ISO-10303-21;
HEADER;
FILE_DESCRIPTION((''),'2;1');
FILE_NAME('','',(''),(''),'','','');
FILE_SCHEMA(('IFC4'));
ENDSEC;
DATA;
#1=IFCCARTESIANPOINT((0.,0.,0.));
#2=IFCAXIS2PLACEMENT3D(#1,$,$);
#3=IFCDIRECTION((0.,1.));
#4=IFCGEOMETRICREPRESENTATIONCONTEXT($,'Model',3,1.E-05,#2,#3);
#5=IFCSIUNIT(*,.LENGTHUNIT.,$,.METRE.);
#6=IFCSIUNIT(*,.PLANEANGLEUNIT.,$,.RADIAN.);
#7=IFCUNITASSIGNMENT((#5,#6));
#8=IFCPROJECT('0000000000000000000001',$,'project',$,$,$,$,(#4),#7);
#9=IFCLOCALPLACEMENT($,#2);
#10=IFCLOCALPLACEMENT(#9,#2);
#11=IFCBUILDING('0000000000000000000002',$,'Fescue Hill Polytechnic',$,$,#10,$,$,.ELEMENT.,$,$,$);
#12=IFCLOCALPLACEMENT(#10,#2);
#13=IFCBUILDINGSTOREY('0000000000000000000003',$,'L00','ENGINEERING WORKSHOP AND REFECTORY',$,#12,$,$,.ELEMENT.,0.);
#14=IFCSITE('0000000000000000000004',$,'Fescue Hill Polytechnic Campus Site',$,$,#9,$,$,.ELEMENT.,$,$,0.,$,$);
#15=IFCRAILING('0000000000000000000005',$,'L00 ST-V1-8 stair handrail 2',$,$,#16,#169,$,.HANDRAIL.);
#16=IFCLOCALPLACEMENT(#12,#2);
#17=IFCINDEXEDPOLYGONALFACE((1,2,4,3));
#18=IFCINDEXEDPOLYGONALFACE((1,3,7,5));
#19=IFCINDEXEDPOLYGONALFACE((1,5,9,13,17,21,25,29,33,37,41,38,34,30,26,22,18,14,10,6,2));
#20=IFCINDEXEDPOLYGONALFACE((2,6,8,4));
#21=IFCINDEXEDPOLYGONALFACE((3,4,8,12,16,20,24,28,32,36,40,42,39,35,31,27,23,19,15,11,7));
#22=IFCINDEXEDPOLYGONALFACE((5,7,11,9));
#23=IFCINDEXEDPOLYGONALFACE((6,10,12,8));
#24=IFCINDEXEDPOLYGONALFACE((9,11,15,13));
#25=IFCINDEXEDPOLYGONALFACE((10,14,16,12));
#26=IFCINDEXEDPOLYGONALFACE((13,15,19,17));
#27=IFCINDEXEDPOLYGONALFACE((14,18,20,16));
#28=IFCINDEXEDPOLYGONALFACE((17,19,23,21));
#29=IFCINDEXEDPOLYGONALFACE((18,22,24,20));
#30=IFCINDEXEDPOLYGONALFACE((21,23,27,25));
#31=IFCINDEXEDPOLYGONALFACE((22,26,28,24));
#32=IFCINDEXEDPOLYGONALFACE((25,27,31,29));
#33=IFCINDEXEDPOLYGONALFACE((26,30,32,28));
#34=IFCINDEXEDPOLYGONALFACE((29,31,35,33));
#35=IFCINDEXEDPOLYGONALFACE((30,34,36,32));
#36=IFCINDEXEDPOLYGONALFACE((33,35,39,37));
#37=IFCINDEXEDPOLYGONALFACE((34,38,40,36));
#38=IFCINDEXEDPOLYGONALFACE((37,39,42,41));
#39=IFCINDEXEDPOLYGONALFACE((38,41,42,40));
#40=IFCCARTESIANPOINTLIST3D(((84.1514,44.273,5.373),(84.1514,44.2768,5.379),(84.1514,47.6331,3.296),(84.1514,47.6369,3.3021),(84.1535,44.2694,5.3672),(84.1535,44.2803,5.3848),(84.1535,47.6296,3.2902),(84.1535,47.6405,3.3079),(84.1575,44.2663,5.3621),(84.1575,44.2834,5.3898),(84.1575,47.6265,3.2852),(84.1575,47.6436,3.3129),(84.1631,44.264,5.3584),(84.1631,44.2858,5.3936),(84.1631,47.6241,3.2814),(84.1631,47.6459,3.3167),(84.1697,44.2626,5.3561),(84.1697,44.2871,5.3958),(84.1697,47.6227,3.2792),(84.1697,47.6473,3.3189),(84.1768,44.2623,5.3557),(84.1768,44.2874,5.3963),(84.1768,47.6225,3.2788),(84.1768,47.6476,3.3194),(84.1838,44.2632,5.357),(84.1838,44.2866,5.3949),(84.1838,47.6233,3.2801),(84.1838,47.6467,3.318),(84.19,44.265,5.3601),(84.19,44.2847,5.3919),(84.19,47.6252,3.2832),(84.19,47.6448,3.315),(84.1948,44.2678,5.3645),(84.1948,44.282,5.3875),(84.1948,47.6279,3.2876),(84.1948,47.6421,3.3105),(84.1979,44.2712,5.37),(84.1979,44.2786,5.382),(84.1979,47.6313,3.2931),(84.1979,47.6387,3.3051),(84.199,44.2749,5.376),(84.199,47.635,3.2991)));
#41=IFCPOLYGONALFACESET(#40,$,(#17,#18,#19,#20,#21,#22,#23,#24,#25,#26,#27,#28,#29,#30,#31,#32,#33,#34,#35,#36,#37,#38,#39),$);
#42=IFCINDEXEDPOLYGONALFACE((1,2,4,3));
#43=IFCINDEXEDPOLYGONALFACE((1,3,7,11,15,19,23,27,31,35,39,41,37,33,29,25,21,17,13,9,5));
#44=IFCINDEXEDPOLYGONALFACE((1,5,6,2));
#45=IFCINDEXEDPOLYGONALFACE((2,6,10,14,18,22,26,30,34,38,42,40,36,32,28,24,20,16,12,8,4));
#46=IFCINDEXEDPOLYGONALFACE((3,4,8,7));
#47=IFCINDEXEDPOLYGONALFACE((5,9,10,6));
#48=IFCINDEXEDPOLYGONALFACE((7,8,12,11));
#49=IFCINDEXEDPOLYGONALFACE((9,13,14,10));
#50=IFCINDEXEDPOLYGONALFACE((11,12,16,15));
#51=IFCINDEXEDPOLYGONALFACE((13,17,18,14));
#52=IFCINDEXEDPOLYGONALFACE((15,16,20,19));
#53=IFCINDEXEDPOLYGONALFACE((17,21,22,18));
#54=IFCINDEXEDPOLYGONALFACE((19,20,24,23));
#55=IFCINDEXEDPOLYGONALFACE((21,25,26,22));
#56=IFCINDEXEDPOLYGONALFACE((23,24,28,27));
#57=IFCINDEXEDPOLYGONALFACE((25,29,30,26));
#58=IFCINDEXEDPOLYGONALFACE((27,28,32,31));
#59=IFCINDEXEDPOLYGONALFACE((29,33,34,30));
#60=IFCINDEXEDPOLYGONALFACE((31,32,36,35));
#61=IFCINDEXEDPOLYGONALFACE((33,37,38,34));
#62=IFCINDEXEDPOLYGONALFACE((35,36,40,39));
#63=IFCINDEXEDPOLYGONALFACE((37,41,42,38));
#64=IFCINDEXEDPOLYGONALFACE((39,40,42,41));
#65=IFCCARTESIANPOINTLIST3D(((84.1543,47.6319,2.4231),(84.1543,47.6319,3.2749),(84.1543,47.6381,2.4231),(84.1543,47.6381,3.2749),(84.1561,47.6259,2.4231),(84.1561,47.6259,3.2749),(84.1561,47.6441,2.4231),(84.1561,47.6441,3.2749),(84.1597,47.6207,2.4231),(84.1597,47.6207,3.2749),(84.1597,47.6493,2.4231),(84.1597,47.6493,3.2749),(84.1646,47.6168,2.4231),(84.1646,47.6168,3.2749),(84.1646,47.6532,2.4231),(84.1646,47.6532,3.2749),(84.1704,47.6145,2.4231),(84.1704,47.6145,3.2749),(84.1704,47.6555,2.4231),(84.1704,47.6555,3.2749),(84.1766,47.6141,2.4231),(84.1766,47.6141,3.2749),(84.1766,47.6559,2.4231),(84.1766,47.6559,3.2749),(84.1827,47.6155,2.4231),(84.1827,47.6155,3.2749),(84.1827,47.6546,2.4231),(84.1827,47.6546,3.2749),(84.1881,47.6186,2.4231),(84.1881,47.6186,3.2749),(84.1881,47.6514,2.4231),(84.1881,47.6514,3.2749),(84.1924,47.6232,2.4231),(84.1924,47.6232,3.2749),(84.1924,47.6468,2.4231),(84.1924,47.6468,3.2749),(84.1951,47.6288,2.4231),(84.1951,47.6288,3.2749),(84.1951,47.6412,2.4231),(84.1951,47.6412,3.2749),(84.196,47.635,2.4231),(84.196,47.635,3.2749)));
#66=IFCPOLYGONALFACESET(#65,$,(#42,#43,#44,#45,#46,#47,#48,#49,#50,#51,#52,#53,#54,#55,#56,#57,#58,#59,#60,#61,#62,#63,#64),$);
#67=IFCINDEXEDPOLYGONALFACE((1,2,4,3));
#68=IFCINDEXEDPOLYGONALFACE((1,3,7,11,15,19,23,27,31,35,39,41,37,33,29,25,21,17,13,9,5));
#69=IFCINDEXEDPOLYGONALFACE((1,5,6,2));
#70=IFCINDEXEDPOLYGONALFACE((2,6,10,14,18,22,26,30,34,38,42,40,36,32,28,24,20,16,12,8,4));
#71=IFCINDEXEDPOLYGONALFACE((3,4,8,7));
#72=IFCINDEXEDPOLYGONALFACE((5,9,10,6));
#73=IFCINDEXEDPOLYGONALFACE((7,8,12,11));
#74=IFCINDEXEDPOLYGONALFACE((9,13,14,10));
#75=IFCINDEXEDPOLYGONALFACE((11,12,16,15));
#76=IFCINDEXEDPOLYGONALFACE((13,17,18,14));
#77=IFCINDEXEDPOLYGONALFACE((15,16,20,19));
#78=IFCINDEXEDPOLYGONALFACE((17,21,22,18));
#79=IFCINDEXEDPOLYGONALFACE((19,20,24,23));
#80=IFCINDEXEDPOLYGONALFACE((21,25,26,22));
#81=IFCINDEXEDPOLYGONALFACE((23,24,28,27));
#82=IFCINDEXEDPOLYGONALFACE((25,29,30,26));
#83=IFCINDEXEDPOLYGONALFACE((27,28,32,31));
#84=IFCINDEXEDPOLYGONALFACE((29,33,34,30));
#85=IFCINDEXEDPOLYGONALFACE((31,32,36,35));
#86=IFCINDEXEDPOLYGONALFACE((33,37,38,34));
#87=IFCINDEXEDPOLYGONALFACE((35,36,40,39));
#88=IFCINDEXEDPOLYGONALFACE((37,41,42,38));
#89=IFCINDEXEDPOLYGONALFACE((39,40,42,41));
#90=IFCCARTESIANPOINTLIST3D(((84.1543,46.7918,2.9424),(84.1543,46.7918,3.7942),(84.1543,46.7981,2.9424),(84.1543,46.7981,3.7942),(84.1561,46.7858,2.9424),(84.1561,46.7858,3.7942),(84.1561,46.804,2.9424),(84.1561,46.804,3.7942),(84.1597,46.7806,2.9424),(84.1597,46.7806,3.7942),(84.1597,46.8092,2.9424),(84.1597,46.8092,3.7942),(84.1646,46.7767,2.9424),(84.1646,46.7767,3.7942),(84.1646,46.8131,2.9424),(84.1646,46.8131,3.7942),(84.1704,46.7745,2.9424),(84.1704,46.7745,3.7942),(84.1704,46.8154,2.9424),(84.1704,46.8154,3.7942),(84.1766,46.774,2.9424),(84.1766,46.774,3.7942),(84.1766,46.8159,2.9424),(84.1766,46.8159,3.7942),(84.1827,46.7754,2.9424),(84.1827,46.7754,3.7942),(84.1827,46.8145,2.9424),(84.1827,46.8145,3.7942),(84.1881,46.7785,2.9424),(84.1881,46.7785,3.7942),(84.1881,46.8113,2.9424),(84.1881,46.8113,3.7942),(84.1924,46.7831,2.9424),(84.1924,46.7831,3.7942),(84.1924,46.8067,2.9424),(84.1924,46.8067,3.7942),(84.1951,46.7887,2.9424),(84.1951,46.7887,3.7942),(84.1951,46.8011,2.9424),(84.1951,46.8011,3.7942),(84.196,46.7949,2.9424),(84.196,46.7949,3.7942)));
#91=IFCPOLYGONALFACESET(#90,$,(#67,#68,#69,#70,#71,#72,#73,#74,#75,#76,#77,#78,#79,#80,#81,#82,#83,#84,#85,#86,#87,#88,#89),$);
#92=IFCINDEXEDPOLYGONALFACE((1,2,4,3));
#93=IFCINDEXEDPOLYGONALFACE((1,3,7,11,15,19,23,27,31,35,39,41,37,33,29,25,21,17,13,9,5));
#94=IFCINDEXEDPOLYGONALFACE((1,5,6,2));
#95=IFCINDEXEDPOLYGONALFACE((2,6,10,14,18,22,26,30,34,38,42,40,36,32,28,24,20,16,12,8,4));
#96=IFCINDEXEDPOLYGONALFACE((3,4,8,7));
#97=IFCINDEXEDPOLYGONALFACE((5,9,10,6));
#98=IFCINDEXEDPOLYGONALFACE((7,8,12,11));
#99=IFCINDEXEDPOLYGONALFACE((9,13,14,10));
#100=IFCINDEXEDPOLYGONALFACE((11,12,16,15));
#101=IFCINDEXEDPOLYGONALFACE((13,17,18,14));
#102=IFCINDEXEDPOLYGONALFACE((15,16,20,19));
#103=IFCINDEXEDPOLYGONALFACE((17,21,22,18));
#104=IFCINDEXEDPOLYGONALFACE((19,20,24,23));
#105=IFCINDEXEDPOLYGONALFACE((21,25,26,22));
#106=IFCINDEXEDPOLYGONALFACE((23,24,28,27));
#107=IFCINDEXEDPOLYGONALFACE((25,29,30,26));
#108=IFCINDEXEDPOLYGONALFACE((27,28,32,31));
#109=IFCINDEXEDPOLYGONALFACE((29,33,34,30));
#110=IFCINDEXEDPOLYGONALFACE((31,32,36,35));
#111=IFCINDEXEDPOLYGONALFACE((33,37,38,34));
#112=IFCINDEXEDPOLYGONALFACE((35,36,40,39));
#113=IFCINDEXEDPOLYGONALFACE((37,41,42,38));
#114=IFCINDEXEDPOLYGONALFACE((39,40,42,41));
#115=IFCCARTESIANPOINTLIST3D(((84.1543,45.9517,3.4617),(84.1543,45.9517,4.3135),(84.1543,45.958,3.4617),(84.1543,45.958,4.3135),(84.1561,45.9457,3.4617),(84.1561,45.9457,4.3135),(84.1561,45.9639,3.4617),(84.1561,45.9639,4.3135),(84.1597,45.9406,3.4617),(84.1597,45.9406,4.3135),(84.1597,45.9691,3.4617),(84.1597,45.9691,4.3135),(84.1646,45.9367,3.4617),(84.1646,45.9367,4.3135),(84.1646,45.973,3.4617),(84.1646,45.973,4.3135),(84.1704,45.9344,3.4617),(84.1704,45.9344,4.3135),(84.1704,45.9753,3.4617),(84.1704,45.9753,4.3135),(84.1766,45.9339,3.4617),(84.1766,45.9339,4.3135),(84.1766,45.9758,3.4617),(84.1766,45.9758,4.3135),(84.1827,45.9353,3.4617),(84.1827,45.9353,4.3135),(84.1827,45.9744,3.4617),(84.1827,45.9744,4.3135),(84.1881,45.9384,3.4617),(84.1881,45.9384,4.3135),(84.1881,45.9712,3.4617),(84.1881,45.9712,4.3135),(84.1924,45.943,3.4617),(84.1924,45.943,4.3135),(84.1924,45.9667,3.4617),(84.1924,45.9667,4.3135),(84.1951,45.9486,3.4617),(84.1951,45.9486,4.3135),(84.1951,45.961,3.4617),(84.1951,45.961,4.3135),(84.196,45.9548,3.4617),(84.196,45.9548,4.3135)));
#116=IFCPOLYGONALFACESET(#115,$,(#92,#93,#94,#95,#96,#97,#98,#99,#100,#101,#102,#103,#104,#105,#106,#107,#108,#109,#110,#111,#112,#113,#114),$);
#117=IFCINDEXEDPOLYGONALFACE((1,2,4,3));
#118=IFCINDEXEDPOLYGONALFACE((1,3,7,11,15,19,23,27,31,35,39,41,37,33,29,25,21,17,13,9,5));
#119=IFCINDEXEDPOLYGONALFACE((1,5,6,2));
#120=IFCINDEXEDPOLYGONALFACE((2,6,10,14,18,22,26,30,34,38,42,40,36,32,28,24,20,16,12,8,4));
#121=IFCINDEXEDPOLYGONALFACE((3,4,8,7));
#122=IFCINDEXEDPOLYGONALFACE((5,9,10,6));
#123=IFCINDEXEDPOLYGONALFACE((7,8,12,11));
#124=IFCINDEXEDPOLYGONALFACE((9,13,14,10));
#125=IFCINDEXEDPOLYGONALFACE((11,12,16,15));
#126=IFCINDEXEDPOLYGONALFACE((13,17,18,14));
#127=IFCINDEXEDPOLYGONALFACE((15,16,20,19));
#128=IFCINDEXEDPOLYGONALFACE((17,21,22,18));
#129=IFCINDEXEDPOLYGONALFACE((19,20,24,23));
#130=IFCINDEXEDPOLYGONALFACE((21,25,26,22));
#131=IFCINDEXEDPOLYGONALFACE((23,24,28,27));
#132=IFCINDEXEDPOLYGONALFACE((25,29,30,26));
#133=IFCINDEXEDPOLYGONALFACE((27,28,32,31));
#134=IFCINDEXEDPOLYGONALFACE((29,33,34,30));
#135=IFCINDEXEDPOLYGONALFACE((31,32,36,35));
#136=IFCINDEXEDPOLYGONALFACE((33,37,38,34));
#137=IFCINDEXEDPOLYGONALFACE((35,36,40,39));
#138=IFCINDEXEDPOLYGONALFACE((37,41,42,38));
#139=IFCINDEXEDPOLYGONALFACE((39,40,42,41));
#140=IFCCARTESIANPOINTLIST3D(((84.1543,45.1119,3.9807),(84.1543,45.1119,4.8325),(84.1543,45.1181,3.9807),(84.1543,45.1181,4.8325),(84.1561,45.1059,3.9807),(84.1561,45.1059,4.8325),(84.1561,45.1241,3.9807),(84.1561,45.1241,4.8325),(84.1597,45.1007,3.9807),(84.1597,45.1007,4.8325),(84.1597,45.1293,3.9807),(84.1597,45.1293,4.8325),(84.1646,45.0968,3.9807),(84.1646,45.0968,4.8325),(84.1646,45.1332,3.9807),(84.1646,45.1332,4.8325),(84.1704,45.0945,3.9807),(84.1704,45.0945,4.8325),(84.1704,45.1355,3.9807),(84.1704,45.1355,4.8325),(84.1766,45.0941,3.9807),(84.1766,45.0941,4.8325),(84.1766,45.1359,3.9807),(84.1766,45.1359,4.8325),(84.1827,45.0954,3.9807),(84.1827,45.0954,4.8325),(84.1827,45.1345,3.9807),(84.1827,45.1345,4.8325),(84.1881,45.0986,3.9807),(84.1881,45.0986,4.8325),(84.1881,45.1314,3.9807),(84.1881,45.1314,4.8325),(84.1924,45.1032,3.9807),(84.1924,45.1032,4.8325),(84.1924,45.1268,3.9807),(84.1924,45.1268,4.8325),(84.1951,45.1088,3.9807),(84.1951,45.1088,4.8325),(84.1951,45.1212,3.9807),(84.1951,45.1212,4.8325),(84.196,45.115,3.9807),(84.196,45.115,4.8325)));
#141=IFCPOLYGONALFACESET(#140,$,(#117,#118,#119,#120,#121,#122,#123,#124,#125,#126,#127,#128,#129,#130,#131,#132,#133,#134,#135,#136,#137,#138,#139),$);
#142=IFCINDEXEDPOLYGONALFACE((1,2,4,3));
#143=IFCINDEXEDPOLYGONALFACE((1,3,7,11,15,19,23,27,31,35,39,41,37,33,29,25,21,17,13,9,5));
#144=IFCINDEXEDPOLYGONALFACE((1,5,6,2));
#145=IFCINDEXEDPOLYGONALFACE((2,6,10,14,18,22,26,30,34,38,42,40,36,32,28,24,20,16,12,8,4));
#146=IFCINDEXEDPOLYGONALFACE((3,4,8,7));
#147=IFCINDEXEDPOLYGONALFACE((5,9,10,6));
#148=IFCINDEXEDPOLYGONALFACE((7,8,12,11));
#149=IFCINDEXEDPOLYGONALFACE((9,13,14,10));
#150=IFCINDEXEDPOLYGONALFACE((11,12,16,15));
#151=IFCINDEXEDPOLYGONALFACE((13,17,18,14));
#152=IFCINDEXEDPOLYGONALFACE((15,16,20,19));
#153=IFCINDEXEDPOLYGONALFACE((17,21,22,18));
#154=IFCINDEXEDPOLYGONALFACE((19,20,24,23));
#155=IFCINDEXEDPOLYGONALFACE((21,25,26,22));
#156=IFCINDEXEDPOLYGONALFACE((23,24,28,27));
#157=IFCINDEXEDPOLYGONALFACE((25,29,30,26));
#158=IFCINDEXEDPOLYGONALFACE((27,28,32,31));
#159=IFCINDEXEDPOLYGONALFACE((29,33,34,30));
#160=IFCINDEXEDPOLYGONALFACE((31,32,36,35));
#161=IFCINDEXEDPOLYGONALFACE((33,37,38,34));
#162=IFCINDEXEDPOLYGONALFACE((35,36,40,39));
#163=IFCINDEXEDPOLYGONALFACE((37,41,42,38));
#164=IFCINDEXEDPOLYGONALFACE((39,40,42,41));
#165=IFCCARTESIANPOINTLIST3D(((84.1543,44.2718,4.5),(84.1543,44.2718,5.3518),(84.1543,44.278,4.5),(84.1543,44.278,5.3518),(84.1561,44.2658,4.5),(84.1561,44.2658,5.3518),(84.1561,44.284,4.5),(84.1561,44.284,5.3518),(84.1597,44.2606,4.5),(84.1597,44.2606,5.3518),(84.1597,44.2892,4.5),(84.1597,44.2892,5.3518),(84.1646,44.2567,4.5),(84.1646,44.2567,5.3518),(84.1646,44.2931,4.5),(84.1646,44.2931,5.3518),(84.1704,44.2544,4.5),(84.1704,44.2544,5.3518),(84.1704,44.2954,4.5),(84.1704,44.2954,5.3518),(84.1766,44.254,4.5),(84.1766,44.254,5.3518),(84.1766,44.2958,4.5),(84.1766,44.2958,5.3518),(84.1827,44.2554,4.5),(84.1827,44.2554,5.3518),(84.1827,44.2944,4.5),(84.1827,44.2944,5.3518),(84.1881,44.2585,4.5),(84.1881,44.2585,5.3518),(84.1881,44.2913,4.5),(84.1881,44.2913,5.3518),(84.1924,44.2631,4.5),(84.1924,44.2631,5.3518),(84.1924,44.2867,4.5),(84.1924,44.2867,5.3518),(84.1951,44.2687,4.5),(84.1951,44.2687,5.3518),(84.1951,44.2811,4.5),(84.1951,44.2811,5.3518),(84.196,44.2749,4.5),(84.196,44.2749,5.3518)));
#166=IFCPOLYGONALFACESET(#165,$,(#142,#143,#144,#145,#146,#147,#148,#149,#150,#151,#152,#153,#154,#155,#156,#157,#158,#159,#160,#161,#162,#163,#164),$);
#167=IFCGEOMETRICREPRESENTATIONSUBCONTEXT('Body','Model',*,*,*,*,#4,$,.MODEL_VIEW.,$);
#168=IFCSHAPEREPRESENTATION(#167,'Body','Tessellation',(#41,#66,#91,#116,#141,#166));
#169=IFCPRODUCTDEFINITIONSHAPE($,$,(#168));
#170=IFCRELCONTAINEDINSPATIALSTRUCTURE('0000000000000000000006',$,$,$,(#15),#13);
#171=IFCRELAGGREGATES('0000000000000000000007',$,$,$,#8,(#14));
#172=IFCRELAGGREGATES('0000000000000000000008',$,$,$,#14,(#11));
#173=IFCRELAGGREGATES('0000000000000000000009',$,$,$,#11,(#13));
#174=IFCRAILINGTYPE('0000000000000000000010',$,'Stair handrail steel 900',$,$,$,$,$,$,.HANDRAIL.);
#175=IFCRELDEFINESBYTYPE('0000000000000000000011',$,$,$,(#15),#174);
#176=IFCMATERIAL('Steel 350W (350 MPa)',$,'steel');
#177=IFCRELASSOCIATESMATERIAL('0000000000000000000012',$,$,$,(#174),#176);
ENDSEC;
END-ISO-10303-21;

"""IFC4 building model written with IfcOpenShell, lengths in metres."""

from ifc_helpers import new_model, si_unit, direction, frame, origin, origin_2d, place, context, subcontext, project, spatial, circle, extrude, material, type_object, element, save


model = new_model("IFC4")

# Units and contexts
model_context = context("Model", 3, precision=1e-05, world=origin(), true_north=direction((0.0, 1.0)))
body_context = subcontext(model_context, "Body", "Model", "MODEL_VIEW")
ifc_project = project(units=[si_unit("LENGTHUNIT", "METRE"), si_unit("PLANEANGLEUNIT", "RADIAN")], contexts=[model_context])

# Site, building, storey
site_placement = place(None, origin())
site = spatial("IfcSite", under=ifc_project, at=site_placement, Name="Fescue Hill Polytechnic Campus Site", CompositionType="ELEMENT", RefElevation=0.0)
building_placement = place(site_placement, origin())
building = spatial("IfcBuilding", under=site, at=building_placement, Name="Fescue Hill Polytechnic", CompositionType="ELEMENT")
storey_placement = place(building_placement, origin())
storey = spatial("IfcBuildingStorey", under=building, at=storey_placement, Name="L00", Description="ENGINEERING WORKSHOP AND REFECTORY", CompositionType="ELEMENT", Elevation=0.0)

# Railing
ifc_material_1 = material(Name="Steel 350W (350 MPa)", Category="steel")
railing_type_1 = type_object("IfcRailingType", Name="Stair handrail steel 900", PredefinedType="HANDRAIL", material=ifc_material_1)
railing_1_placement = place(storey_placement, frame((84.175, 47.635, 2.4231)))
element("IfcRailing", 1, at=railing_1_placement, inside=storey, type_object=railing_type_1, Name="L00 ST-V1-8 stair handrail 2", PredefinedType="HANDRAIL", context=body_context, shape_type="SweptSolid", body=[
    extrude(circle(Radius=0.0239, at=origin_2d()), frame((0.0, 0.0, 0.876), z_axis=(0.0, -0.850623, 0.525776), x_axis=(1.0, 0.0, 0.0)), (0.0, 0.0, 1.0), 3.9502),
    extrude(circle(Radius=0.021, at=origin_2d()), origin(), (0.0, 0.0, 1.0), 0.8518),
    extrude(circle(Radius=0.021, at=origin_2d()), frame((0.0, -0.8401, 0.5193)), (0.0, 0.0, 1.0), 0.8518),
    extrude(circle(Radius=0.021, at=origin_2d()), frame((0.0, -1.6802, 1.0386)), (0.0, 0.0, 1.0), 0.8518),
    extrude(circle(Radius=0.021, at=origin_2d()), frame((0.0, -2.52, 1.5576)), (0.0, 0.0, 1.0), 0.8518),
    extrude(circle(Radius=0.021, at=origin_2d()), frame((0.0, -3.3601, 2.0769)), (0.0, 0.0, 1.0), 0.8518),
])

save(model, "model.ifc")
